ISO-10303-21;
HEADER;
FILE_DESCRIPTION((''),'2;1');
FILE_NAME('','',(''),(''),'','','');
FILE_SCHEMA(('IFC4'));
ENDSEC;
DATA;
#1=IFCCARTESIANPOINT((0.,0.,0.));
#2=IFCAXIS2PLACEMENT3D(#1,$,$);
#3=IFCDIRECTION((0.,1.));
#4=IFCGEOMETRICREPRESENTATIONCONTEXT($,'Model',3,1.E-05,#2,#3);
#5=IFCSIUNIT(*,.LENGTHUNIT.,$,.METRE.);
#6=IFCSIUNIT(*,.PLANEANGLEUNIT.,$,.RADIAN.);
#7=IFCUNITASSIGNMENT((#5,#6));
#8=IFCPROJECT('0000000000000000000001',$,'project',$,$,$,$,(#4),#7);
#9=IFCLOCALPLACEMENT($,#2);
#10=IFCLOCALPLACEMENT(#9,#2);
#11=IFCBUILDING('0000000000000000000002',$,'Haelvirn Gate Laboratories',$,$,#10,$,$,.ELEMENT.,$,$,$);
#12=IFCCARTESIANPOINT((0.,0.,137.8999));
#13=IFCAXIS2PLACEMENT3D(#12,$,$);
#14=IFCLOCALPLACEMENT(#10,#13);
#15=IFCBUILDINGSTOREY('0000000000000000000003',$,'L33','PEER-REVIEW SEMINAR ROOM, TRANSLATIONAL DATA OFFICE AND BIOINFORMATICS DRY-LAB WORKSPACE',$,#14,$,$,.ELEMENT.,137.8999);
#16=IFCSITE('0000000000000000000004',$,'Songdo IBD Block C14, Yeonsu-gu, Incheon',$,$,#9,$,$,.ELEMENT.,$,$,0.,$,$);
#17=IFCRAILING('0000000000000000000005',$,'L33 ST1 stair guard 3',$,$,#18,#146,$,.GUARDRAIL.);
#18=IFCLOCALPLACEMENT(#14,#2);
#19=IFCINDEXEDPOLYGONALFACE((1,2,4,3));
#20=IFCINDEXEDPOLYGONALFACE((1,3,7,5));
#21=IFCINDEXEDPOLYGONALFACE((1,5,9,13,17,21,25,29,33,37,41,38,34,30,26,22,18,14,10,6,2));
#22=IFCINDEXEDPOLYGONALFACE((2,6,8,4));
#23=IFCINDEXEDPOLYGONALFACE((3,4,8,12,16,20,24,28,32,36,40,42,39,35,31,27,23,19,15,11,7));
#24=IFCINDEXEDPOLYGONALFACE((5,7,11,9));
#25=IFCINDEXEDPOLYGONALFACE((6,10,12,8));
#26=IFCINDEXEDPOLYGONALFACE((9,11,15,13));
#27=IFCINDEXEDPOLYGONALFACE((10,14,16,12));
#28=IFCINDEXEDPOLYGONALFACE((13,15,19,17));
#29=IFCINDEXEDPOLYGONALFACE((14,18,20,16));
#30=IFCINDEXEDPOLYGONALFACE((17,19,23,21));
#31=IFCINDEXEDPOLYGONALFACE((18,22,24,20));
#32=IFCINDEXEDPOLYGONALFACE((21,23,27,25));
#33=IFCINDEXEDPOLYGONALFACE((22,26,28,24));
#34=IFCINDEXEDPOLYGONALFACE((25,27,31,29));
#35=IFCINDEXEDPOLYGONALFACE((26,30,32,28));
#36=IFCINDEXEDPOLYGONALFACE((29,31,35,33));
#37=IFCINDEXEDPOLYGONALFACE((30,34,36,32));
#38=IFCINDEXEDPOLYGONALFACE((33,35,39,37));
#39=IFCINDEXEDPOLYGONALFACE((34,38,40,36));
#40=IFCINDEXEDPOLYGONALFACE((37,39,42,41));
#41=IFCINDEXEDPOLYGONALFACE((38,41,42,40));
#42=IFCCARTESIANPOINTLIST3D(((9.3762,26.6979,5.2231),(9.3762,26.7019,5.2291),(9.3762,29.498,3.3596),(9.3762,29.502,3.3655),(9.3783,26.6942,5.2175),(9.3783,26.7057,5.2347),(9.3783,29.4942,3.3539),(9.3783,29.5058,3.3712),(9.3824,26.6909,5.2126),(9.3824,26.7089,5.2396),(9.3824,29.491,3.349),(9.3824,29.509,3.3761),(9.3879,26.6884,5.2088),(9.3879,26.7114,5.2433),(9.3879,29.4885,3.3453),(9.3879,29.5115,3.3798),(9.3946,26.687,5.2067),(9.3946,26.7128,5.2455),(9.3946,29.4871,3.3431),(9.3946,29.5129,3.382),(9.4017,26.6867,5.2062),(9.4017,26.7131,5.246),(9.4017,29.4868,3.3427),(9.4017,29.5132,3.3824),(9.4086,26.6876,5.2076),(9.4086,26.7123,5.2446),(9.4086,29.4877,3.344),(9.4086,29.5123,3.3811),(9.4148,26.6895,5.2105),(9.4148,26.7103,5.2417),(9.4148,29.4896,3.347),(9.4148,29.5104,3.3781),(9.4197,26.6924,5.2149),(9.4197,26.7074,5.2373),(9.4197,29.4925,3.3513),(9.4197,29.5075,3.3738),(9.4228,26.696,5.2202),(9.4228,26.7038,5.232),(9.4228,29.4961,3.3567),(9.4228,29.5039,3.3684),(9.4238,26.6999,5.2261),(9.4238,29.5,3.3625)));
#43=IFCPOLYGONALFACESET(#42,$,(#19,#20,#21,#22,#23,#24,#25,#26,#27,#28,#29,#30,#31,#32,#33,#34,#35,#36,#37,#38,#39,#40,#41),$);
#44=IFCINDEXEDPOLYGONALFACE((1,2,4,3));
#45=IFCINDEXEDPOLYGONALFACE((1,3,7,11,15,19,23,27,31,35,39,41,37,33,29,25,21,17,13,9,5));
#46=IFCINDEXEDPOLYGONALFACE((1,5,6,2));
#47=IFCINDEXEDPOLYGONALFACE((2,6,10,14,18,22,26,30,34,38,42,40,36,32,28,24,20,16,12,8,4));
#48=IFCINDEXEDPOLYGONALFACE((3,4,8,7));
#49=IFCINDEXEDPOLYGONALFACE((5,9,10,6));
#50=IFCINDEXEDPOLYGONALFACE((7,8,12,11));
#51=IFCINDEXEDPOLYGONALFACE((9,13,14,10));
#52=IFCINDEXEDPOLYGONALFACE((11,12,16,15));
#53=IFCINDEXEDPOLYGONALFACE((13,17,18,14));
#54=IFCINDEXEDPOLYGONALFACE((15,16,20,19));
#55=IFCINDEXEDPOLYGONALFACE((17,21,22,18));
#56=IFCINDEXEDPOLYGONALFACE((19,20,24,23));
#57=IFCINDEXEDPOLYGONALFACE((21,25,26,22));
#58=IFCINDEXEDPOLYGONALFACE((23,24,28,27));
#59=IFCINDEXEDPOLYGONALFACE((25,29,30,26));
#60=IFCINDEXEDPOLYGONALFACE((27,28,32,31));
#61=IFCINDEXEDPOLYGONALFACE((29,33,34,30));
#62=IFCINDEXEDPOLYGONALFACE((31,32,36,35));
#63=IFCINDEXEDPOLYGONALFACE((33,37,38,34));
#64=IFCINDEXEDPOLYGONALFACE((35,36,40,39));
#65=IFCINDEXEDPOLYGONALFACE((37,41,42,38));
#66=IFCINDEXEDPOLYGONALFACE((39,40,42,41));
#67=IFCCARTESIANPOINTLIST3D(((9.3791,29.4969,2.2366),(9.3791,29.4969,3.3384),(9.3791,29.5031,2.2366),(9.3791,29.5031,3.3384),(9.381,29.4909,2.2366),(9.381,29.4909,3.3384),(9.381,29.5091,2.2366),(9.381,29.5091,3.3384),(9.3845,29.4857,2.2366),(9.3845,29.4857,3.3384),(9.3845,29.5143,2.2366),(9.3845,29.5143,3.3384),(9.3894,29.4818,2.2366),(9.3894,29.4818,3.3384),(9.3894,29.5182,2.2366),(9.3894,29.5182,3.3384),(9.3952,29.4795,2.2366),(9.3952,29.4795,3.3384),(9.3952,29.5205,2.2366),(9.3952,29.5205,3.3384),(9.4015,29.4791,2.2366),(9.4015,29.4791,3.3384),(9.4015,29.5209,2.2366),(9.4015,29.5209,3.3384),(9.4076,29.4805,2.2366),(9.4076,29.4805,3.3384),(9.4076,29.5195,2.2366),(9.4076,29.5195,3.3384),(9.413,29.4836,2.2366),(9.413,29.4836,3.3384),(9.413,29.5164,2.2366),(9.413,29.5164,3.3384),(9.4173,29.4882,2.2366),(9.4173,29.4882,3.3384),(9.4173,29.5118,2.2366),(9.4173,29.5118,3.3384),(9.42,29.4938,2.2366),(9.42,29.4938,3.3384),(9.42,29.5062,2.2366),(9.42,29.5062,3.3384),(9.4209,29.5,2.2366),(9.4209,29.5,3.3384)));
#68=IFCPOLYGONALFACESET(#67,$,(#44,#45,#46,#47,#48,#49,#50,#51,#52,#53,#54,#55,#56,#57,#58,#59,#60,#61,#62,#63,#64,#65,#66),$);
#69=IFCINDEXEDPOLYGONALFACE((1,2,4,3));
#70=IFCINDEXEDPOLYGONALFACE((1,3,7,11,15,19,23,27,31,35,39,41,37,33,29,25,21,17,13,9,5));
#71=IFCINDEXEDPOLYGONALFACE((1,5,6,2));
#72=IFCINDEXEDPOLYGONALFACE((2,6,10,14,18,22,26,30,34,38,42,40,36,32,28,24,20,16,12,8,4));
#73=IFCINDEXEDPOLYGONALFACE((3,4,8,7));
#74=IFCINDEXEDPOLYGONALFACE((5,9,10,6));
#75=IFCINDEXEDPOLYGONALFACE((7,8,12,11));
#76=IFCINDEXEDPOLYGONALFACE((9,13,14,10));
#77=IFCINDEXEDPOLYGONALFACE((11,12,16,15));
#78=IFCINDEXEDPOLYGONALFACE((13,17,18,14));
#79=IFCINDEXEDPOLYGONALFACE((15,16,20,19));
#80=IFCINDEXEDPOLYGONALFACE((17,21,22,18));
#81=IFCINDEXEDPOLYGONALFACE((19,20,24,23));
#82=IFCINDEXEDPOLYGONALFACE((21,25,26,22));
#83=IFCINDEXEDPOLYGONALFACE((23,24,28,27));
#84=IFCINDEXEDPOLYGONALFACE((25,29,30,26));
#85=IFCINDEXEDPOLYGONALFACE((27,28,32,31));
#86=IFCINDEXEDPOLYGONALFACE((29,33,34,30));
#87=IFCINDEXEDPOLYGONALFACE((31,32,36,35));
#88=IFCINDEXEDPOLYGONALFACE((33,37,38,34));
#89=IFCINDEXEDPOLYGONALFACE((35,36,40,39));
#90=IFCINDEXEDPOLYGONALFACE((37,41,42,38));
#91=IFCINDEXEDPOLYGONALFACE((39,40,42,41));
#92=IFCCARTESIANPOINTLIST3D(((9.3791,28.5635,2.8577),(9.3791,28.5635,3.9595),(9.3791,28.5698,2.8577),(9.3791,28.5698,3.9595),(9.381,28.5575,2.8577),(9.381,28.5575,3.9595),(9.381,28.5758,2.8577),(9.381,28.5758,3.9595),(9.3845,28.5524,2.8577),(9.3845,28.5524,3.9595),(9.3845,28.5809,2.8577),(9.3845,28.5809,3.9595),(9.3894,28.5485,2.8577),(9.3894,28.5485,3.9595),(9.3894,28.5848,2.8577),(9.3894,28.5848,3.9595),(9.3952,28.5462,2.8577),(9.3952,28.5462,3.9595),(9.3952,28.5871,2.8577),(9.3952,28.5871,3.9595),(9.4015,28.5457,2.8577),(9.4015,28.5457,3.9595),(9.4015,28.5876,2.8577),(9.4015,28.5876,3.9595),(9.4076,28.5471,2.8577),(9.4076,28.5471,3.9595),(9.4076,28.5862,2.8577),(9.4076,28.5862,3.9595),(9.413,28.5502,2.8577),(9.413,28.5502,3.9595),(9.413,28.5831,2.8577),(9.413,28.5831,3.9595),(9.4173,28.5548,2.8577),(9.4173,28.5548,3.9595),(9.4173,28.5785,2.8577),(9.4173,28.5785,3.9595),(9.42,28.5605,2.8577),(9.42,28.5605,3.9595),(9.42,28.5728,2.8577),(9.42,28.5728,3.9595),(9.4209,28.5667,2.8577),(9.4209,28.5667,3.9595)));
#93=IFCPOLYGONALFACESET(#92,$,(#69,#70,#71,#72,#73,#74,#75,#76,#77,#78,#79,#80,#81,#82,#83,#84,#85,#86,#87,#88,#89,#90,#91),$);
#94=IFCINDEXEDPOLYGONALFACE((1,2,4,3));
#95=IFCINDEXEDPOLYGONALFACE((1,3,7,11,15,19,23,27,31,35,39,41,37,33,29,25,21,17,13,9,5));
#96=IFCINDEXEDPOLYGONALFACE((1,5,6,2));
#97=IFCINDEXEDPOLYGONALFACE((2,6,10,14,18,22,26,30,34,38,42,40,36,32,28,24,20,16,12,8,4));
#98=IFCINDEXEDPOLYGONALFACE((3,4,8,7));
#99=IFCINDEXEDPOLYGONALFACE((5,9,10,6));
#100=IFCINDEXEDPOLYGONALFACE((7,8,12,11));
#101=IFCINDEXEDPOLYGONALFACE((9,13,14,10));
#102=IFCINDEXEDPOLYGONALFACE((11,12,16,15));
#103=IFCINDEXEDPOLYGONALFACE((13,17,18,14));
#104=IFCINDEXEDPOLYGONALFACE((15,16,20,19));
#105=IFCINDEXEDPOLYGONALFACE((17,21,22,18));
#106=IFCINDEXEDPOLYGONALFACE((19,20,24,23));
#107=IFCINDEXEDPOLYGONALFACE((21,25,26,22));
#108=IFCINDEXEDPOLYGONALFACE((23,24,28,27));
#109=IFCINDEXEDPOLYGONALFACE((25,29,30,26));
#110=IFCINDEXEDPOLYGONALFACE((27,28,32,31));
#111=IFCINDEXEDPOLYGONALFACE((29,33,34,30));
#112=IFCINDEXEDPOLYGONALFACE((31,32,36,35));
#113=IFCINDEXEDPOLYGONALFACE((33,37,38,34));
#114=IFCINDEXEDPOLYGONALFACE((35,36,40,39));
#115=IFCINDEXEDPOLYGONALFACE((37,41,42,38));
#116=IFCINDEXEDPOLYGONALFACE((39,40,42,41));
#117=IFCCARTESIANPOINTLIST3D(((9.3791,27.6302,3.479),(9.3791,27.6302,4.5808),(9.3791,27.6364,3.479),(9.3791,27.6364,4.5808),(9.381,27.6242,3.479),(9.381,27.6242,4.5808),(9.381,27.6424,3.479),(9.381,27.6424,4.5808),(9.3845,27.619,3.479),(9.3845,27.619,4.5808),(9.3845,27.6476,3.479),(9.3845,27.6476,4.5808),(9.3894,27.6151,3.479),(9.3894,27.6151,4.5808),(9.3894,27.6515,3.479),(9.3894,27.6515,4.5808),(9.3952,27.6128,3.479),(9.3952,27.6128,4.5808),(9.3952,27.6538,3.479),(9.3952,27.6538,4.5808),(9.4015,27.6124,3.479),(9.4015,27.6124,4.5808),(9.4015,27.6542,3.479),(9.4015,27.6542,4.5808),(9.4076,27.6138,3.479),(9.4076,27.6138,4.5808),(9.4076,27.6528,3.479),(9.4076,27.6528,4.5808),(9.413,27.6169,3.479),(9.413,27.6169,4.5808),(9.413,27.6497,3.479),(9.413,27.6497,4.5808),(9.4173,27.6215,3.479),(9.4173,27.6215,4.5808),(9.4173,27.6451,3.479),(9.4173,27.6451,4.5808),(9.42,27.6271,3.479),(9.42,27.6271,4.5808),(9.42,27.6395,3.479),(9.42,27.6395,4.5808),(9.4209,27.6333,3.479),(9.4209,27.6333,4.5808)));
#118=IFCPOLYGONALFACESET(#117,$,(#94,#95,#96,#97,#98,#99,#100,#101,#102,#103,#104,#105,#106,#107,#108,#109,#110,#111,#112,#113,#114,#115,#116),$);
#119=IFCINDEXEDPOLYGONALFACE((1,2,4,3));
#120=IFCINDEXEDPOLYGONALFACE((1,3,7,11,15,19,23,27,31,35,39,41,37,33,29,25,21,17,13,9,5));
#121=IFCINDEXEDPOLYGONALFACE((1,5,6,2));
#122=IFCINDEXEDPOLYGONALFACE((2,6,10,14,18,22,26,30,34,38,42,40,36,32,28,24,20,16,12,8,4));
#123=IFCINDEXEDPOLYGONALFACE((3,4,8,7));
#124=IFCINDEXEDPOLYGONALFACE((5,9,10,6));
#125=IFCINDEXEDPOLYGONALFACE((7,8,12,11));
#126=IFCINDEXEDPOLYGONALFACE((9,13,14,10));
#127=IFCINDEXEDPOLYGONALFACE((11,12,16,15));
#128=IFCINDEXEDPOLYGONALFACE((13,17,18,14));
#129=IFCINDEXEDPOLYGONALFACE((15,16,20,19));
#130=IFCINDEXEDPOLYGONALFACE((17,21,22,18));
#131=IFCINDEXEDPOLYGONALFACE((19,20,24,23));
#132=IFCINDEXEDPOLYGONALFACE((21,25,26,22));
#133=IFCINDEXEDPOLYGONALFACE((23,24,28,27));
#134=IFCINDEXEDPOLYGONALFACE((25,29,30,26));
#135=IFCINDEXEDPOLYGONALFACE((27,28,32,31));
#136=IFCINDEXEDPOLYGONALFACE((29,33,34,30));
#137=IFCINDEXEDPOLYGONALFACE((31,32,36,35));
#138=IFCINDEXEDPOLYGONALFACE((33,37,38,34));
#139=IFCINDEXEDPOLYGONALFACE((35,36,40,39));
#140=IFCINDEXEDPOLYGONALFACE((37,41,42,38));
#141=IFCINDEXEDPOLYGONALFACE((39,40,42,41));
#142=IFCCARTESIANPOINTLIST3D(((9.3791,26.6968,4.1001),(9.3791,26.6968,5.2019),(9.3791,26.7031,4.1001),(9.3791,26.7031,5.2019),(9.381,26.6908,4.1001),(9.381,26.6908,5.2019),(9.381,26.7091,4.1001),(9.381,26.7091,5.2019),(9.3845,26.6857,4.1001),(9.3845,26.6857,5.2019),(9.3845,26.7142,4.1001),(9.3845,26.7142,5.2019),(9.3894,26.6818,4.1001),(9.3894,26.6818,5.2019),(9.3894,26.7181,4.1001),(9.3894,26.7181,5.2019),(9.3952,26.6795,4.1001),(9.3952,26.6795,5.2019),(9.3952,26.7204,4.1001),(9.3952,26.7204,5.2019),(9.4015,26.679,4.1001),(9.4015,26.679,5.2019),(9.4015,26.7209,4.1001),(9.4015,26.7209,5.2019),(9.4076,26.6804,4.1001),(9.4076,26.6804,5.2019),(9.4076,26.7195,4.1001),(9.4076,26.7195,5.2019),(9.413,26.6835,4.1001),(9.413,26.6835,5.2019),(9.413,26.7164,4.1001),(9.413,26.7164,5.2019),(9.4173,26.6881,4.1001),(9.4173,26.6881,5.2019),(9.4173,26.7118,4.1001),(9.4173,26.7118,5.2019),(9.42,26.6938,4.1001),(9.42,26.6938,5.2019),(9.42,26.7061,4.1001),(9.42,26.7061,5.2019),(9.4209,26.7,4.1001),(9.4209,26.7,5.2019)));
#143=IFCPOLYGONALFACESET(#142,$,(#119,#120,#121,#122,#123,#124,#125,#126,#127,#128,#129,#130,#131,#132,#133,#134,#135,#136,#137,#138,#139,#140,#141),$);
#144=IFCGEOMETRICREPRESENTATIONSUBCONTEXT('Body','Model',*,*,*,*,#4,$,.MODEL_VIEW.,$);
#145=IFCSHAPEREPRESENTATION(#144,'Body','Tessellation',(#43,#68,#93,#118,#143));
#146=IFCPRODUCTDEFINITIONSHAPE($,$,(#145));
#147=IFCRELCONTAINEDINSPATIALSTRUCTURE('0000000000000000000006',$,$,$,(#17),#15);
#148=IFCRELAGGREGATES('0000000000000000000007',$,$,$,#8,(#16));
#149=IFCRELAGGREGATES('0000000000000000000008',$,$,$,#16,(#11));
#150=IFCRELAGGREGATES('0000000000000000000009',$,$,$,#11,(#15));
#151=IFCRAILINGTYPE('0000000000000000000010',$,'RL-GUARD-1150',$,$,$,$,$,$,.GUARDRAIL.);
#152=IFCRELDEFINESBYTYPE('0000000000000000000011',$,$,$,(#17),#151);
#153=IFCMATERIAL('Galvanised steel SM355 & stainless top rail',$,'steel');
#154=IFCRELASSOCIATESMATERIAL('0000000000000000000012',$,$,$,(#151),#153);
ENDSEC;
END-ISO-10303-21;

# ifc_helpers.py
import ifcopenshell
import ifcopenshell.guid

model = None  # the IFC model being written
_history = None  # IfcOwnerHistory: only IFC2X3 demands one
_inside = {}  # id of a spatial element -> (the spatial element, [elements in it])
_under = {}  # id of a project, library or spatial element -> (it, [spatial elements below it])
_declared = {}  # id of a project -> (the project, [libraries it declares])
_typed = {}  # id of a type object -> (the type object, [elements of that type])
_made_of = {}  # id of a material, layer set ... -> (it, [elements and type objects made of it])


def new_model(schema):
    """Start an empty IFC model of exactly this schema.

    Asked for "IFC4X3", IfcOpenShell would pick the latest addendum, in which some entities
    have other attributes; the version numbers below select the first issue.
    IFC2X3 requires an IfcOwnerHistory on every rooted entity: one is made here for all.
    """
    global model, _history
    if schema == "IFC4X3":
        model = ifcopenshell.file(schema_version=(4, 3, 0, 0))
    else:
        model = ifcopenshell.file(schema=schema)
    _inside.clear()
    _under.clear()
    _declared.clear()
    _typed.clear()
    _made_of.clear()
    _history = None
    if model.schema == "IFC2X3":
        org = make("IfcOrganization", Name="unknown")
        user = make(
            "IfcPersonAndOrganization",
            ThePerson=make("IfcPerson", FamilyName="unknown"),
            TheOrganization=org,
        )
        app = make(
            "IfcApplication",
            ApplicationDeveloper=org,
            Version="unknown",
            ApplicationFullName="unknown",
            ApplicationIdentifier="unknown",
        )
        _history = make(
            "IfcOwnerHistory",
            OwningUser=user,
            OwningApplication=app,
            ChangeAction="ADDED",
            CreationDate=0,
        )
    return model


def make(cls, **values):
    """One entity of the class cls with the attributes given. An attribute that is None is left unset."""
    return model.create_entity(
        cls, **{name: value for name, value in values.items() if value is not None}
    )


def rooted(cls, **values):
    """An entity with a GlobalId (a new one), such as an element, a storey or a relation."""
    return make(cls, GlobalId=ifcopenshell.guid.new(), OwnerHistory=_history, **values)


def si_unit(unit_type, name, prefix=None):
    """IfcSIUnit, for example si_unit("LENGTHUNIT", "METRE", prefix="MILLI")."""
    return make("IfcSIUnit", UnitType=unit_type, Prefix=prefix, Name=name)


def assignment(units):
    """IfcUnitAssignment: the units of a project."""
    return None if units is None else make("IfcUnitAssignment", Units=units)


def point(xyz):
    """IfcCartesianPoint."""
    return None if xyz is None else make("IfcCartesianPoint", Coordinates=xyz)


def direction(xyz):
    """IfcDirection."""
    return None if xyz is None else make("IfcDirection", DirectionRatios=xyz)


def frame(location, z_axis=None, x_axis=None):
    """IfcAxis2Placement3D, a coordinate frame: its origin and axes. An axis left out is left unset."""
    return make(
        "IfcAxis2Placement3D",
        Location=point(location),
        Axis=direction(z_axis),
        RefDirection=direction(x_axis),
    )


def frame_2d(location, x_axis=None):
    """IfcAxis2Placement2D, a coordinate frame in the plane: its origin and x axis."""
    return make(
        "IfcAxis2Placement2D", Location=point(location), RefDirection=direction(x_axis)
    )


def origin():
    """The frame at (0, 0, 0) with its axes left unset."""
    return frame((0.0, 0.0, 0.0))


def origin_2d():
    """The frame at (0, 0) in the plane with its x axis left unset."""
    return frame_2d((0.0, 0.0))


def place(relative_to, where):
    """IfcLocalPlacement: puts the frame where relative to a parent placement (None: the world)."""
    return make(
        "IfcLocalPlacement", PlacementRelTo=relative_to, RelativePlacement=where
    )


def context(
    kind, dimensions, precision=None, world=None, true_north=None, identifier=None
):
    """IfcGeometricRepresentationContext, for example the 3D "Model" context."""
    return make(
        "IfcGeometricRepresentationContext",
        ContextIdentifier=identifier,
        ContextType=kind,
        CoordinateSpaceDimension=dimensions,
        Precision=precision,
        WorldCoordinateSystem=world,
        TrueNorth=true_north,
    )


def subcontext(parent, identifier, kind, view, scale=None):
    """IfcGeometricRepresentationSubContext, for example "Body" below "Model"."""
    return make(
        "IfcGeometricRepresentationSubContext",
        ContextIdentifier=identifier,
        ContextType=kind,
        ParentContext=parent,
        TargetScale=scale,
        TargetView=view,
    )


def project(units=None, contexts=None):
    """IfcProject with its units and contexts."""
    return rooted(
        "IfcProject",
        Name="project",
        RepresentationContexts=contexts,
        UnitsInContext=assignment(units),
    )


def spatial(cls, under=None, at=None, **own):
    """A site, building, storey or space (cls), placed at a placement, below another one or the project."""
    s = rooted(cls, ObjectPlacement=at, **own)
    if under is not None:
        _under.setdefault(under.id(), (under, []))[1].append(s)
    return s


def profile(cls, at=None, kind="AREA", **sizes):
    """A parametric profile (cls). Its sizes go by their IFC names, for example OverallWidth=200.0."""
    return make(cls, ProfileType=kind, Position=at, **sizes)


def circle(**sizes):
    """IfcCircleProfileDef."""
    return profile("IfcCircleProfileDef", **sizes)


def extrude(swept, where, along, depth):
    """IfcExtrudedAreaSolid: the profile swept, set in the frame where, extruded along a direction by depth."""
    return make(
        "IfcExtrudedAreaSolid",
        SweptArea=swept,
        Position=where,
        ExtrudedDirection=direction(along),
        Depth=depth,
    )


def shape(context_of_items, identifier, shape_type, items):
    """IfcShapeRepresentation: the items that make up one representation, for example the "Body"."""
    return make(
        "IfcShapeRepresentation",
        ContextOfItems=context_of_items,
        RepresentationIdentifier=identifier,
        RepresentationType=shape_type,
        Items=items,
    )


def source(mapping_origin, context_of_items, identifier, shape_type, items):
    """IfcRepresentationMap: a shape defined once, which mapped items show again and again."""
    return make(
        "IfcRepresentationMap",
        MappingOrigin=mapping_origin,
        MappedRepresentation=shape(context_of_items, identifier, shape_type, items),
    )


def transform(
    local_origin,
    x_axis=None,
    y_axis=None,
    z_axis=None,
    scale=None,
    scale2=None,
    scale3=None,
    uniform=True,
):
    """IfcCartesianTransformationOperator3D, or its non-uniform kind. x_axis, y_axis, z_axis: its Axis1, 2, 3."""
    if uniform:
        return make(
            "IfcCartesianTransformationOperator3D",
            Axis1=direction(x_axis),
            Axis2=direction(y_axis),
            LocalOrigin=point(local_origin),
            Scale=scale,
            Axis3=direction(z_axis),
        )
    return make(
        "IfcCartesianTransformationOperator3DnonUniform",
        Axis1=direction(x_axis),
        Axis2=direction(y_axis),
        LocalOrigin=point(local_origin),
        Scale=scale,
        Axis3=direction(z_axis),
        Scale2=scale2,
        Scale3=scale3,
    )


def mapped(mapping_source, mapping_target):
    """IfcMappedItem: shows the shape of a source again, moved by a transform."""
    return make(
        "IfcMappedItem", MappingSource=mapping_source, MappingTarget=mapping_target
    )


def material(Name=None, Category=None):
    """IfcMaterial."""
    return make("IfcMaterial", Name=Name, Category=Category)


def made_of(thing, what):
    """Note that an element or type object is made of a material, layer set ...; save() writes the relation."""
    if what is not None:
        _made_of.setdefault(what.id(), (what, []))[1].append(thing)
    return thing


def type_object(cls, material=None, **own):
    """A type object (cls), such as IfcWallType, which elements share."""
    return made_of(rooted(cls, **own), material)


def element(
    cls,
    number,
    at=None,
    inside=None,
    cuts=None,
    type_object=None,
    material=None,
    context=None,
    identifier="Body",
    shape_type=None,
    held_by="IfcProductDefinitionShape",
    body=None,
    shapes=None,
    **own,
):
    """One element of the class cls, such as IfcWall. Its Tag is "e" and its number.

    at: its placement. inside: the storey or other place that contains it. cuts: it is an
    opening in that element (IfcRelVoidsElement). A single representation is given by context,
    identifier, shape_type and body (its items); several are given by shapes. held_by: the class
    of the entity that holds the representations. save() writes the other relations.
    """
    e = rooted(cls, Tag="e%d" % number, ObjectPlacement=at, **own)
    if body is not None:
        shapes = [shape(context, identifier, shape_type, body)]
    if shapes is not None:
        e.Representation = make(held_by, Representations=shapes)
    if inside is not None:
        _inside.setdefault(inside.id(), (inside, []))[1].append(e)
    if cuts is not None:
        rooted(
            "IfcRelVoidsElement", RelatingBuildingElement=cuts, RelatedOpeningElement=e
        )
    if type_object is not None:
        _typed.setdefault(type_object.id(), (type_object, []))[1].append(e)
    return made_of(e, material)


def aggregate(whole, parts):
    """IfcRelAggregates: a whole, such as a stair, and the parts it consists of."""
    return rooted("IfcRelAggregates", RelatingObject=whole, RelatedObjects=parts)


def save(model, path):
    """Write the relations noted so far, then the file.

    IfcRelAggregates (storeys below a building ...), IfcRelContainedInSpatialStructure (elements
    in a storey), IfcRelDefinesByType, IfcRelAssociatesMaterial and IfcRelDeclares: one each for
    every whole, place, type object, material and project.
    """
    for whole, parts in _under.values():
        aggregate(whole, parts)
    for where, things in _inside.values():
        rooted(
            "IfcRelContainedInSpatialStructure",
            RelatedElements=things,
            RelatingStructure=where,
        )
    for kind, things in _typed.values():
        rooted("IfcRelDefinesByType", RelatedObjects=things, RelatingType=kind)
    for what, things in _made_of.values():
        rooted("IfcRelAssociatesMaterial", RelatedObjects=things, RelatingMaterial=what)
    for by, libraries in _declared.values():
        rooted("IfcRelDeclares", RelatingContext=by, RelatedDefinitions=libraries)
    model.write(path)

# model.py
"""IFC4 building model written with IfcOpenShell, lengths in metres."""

from ifc_helpers import new_model, si_unit, direction, frame, origin, origin_2d, place, context, subcontext, project, spatial, circle, extrude, source, transform, mapped, material, type_object, element, save


model = new_model("IFC4")

# Units and contexts
model_context = context("Model", 3, precision=1e-05, world=origin(), true_north=direction((0.0, 1.0)))
body_context = subcontext(model_context, "Body", "Model", "MODEL_VIEW")
ifc_project = project(units=[si_unit("LENGTHUNIT", "METRE"), si_unit("PLANEANGLEUNIT", "RADIAN")], contexts=[model_context])

# Site, building, storey
site_placement = place(None, origin())
site = spatial("IfcSite", under=ifc_project, at=site_placement, Name="Songdo IBD Block C14, Yeonsu-gu, Incheon", CompositionType="ELEMENT", RefElevation=0.0)
building_placement = place(site_placement, origin())
building = spatial("IfcBuilding", under=site, at=building_placement, Name="Haelvirn Gate Laboratories", CompositionType="ELEMENT")
storey_placement = place(building_placement, frame((0.0, 0.0, 137.8999)))
storey = spatial("IfcBuildingStorey", under=building, at=storey_placement, Name="L33", Description="PEER-REVIEW SEMINAR ROOM, TRANSLATIONAL DATA OFFICE AND BIOINFORMATICS DRY-LAB WORKSPACE", CompositionType="ELEMENT", Elevation=137.8999)

# Railing
ifc_material_1 = material(Name="Galvanised steel SM355 & stainless top rail", Category="steel")
railing_type_1 = type_object("IfcRailingType", Name="RL-GUARD-1150", PredefinedType="GUARDRAIL", material=ifc_material_1)
shared_shape_1 = source(origin(), body_context, "Body", "SweptSolid", [
    extrude(circle(Radius=0.0239, at=origin_2d()), frame((0.0, 0.0, 1.126), z_axis=(0.0, -0.832486, 0.554047), x_axis=(1.0, 0.0, 0.0)), (0.0, 0.0, 1.0), 3.3635),
    extrude(circle(Radius=0.021, at=origin_2d()), origin(), (0.0, 0.0, 1.0), 1.1018),
    extrude(circle(Radius=0.021, at=origin_2d()), frame((0.0, -0.9333, 0.6211)), (0.0, 0.0, 1.0), 1.1018),
    extrude(circle(Radius=0.021, at=origin_2d()), frame((0.0, -1.8667, 1.2424)), (0.0, 0.0, 1.0), 1.1018),
    extrude(circle(Radius=0.021, at=origin_2d()), frame((0.0, -2.8, 1.8635)), (0.0, 0.0, 1.0), 1.1018),
])
railing_1_placement = place(storey_placement, frame((9.3999, 29.5, 2.2366)))
element("IfcRailing", 1, at=railing_1_placement, inside=storey, type_object=railing_type_1, Name="L33 ST1 stair guard 3", PredefinedType="GUARDRAIL", context=body_context, shape_type="MappedRepresentation", body=[
    mapped(shared_shape_1, transform((0.0, 0.0, 0.0), scale=1.0)),
])

save(model, "model.ifc")
